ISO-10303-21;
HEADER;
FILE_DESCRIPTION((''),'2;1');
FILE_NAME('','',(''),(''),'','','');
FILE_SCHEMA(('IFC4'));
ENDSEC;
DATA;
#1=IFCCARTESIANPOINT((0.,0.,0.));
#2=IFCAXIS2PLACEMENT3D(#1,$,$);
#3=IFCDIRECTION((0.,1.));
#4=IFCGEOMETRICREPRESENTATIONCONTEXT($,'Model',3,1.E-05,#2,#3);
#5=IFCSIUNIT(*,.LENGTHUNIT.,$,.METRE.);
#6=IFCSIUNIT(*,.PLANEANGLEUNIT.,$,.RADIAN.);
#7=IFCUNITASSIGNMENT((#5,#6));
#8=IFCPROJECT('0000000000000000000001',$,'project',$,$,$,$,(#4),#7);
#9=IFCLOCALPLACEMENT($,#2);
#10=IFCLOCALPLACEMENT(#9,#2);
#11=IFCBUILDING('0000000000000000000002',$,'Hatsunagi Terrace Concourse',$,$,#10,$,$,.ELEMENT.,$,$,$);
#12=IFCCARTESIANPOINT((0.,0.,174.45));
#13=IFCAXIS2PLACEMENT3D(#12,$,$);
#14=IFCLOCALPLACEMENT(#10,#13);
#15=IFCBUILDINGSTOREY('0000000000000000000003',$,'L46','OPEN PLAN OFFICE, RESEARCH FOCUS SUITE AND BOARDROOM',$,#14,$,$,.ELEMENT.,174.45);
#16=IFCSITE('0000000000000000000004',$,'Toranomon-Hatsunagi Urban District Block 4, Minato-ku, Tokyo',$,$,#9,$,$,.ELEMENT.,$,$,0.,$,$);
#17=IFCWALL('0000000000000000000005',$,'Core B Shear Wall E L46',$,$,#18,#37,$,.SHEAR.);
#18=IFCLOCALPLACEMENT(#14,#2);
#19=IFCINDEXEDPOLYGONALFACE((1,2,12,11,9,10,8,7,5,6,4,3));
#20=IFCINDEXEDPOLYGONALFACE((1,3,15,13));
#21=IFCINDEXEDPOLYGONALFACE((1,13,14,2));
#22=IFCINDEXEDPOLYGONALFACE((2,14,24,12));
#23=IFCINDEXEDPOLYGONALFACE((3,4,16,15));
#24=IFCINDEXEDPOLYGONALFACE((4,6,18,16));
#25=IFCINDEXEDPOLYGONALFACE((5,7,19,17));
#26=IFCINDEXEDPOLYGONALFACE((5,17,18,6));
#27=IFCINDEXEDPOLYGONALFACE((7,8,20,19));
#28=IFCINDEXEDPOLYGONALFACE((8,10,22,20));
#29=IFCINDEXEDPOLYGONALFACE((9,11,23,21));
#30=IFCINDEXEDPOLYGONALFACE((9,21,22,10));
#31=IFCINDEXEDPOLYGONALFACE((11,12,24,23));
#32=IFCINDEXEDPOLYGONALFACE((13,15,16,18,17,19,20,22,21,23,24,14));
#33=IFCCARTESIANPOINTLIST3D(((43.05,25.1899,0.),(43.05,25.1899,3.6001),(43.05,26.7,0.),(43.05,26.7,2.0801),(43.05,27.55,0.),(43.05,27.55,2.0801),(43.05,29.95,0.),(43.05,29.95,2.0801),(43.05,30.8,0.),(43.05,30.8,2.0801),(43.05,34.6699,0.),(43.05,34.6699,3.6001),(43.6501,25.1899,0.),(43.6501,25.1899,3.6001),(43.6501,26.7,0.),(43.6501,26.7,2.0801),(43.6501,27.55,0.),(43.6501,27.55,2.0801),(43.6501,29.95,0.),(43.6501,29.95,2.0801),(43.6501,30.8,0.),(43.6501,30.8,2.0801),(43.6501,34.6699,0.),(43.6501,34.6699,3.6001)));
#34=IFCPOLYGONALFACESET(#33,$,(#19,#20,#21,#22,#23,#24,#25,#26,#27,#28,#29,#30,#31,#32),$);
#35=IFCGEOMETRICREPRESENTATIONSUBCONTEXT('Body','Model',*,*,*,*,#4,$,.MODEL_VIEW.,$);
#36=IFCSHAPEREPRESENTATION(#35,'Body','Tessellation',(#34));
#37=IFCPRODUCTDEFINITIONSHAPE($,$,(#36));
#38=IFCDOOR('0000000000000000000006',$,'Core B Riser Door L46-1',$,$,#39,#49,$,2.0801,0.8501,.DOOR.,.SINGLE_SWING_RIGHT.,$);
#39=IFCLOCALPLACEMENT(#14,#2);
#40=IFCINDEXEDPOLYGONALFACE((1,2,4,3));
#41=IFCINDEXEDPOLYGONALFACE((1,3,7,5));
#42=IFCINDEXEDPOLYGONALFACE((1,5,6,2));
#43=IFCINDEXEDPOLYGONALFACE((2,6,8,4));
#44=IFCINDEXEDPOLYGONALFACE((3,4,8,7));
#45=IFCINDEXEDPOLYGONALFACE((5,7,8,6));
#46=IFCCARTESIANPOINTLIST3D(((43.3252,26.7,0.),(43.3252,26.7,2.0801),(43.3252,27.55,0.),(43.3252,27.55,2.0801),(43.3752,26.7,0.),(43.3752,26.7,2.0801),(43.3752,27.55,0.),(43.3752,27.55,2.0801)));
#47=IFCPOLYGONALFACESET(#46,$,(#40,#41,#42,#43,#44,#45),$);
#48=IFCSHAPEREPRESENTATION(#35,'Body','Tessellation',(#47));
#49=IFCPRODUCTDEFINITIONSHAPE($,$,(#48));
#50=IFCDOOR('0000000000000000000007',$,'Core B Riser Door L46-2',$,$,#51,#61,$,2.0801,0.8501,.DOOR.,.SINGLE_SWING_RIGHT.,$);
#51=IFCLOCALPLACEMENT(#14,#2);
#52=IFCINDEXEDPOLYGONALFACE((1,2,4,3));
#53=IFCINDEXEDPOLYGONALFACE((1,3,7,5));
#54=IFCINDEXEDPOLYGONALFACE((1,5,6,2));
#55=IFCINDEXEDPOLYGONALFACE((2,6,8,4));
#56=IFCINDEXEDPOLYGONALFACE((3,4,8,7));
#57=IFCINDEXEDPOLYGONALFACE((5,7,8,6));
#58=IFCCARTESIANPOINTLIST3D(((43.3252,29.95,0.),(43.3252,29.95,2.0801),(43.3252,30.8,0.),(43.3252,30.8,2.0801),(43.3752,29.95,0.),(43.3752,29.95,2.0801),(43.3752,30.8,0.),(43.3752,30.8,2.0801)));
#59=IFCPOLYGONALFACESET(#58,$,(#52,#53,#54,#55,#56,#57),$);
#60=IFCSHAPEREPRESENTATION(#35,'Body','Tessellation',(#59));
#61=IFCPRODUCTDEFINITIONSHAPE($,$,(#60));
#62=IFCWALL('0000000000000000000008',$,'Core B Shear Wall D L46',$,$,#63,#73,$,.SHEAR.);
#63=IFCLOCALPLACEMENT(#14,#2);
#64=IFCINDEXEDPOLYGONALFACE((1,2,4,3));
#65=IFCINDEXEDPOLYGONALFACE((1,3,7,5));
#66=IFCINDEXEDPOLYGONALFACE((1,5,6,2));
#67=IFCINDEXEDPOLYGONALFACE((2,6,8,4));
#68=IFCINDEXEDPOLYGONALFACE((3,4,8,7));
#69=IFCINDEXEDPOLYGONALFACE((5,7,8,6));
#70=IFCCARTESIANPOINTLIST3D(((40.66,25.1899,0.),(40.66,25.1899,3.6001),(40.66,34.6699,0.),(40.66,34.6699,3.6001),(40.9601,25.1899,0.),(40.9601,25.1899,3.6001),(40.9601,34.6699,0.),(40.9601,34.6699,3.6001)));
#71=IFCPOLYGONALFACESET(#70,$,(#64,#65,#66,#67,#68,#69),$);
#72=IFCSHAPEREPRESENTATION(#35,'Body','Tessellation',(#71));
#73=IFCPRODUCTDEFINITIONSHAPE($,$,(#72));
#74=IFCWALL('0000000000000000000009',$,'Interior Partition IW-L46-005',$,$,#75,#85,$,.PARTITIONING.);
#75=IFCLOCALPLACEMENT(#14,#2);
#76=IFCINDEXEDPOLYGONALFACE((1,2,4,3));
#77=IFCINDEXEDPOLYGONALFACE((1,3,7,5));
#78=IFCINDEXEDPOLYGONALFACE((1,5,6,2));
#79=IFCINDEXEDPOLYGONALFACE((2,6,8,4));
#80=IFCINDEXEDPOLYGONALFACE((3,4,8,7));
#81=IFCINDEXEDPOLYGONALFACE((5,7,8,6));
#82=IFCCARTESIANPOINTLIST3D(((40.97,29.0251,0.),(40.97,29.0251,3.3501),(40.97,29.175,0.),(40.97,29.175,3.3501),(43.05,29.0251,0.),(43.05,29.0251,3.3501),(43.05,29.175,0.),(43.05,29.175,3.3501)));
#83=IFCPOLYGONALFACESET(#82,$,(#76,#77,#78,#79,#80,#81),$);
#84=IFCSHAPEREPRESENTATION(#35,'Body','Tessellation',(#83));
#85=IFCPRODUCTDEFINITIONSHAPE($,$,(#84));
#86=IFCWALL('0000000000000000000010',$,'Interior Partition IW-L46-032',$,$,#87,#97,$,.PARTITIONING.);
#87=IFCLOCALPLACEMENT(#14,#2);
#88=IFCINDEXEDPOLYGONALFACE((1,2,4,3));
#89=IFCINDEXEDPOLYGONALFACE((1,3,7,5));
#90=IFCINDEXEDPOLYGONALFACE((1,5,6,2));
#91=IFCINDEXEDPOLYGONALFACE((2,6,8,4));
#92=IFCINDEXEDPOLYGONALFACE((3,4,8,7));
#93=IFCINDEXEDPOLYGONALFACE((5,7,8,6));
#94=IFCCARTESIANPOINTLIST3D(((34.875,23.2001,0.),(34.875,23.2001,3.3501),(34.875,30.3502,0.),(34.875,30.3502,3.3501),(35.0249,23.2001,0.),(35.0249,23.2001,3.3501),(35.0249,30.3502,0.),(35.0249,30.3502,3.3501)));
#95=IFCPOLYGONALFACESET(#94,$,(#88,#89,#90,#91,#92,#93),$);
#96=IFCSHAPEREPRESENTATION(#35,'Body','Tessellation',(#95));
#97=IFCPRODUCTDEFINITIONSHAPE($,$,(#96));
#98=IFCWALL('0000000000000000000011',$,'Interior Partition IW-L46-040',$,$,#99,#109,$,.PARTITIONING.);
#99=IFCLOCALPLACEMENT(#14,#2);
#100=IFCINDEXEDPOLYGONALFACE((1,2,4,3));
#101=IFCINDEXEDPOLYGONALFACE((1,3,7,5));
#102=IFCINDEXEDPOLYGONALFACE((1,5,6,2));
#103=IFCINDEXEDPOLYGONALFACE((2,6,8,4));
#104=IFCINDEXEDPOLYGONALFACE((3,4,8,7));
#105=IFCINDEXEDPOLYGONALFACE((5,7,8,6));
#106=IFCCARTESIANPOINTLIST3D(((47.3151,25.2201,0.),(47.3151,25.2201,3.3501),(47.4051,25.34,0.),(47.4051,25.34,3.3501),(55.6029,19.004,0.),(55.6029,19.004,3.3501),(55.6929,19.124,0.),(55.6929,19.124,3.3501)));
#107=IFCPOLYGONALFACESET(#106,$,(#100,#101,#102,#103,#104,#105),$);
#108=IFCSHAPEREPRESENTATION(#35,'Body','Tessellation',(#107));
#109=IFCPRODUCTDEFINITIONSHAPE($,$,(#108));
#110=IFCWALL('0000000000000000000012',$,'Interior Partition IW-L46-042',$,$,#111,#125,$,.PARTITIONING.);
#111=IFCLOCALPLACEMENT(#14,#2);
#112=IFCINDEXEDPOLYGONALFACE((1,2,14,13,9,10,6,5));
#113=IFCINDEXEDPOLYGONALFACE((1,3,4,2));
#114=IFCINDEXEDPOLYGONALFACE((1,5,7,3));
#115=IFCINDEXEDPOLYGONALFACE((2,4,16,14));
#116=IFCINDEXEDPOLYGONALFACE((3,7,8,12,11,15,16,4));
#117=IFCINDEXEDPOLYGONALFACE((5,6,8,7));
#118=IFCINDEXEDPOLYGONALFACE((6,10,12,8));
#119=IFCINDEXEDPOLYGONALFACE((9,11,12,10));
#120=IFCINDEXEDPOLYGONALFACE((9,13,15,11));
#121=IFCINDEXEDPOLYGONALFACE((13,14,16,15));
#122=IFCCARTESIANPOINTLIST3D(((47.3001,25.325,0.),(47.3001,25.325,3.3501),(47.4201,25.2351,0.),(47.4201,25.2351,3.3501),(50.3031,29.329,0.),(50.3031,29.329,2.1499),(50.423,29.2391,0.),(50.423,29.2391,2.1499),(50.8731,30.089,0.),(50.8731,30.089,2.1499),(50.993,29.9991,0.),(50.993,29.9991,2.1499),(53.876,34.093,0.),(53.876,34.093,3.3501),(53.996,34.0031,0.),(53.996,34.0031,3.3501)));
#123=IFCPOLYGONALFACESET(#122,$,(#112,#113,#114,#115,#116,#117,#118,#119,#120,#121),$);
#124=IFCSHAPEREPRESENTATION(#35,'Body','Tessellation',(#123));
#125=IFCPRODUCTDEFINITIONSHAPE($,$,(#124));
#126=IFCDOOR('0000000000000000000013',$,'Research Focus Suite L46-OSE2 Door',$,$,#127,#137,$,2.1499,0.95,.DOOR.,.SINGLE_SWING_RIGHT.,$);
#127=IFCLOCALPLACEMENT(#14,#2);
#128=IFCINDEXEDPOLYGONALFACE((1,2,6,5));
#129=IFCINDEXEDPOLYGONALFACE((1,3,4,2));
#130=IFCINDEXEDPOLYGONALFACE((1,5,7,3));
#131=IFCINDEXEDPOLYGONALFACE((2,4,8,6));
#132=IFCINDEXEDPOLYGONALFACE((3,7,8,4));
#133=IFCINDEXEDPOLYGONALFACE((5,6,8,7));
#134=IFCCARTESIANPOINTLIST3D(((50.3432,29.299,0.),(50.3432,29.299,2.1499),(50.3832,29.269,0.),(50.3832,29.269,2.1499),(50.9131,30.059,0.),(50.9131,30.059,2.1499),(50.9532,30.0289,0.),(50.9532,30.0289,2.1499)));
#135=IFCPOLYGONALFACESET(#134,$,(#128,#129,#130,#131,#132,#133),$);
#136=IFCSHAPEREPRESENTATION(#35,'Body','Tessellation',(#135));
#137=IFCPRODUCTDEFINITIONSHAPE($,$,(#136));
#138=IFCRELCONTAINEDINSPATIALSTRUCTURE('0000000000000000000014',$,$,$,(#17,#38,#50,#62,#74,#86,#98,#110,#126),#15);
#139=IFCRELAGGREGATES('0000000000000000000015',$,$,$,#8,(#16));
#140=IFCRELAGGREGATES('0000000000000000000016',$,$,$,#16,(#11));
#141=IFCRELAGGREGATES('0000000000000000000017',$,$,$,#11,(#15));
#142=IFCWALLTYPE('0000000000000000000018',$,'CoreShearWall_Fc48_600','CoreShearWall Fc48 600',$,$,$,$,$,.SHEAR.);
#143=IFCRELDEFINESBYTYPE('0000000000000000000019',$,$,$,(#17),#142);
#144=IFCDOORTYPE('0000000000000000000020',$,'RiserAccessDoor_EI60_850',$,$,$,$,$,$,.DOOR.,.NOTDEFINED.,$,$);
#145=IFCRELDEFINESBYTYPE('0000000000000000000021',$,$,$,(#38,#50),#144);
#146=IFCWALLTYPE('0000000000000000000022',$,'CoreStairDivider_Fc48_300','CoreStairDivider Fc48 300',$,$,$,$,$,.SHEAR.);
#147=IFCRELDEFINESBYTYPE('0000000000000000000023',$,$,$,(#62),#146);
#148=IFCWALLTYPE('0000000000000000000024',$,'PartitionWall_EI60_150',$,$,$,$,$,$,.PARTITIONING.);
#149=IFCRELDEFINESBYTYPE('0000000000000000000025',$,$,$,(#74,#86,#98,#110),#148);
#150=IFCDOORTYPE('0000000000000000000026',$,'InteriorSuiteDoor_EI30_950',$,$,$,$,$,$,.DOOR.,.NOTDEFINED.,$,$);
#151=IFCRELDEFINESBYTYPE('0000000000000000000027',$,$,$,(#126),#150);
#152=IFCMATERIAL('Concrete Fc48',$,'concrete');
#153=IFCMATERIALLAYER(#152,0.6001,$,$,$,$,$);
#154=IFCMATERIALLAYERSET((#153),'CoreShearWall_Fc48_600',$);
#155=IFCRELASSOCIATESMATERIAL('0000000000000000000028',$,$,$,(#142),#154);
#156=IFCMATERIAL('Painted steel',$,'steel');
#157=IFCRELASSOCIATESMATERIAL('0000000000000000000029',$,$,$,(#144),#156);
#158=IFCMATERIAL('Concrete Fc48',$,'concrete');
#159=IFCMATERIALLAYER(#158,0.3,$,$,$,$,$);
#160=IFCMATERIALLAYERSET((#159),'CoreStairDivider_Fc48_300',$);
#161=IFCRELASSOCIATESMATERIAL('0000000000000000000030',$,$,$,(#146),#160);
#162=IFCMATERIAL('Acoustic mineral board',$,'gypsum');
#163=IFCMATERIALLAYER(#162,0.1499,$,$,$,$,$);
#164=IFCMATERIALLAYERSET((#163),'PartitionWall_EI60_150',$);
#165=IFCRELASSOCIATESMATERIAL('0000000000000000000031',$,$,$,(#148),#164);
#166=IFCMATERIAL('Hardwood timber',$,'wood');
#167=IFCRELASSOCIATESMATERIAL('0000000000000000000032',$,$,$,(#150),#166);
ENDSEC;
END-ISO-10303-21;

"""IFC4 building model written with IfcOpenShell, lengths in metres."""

from ifc_helpers import new_model, si_unit, direction, frame, frame_2d, origin, place, context, subcontext, project, spatial, rectangle, extrude, material, layer, layer_set, type_object, element, fill, save


model = new_model("IFC4")

# Units and contexts
model_context = context("Model", 3, precision=1e-05, world=origin(), true_north=direction((0.0, 1.0)))
body_context = subcontext(model_context, "Body", "Model", "MODEL_VIEW")
ifc_project = project(units=[si_unit("LENGTHUNIT", "METRE"), si_unit("PLANEANGLEUNIT", "RADIAN")], contexts=[model_context])

# Site, building, storey
site_placement = place(None, origin())
site = spatial("IfcSite", under=ifc_project, at=site_placement, Name="Toranomon-Hatsunagi Urban District Block 4, Minato-ku, Tokyo", CompositionType="ELEMENT", RefElevation=0.0)
building_placement = place(site_placement, origin())
building = spatial("IfcBuilding", under=site, at=building_placement, Name="Hatsunagi Terrace Concourse", CompositionType="ELEMENT")
storey_placement = place(building_placement, frame((0.0, 0.0, 174.45)))
storey = spatial("IfcBuildingStorey", under=building, at=storey_placement, Name="L46", Description="OPEN PLAN OFFICE, RESEARCH FOCUS SUITE AND BOARDROOM", CompositionType="ELEMENT", Elevation=174.45)

# Shared definitions
ifc_material_1 = material(Name="Concrete Fc48", Category="concrete")
ifc_layer_1 = layer(ifc_material_1, 0.6001)
ifc_layer_set_1 = layer_set([ifc_layer_1], Name="CoreShearWall_Fc48_600")
wall_type_1 = type_object("IfcWallType", Name="CoreShearWall_Fc48_600", Description="CoreShearWall Fc48 600", PredefinedType="SHEAR", material=ifc_layer_set_1)

# Wall, openings, doors
wall_1_placement = place(storey_placement, frame((43.3501, 25.1899, 0.0), z_axis=(0.0, 0.0, 1.0), x_axis=(0.0, 1.0, 0.0)))
wall_1 = element("IfcWall", 1, at=wall_1_placement, inside=storey, type_object=wall_type_1, Name="Core B Shear Wall E L46", PredefinedType="SHEAR", context=body_context, shape_type="SweptSolid", body=[
    extrude(rectangle(XDim=9.48, YDim=0.6001, at=frame_2d((4.74, 0.0))), origin(), (0.0, 0.0, 1.0), 3.6001),
])
opening_1_placement = place(wall_1_placement, frame((1.51, 0.0, 0.0)))
opening_1 = element("IfcOpeningElement", 2, at=opening_1_placement, cuts=wall_1, PredefinedType="OPENING", context=body_context, shape_type="SweptSolid", body=[
    extrude(rectangle(XDim=0.8501, YDim=2.0801, at=frame_2d((0.425, 1.04))), frame((0.0, 0.3101, 0.0), z_axis=(0.0, -1.0, 0.0), x_axis=(1.0, 0.0, 0.0)), (0.0, 0.0, 1.0), 0.6201),
])
opening_2_placement = place(wall_1_placement, frame((4.76, 0.0, 0.0)))
opening_2 = element("IfcOpeningElement", 3, at=opening_2_placement, cuts=wall_1, PredefinedType="OPENING", context=body_context, shape_type="SweptSolid", body=[
    extrude(rectangle(XDim=0.8501, YDim=2.0801, at=frame_2d((0.425, 1.04))), frame((0.0, 0.3101, 0.0), z_axis=(0.0, -1.0, 0.0), x_axis=(1.0, 0.0, 0.0)), (0.0, 0.0, 1.0), 0.6201),
])
ifc_material_2 = material(Name="Painted steel", Category="steel")
door_type_1 = type_object("IfcDoorType", Name="RiserAccessDoor_EI60_850", OperationType="NOTDEFINED", PredefinedType="DOOR", material=ifc_material_2)
door_1_placement = place(opening_1_placement, origin())
door_1 = element("IfcDoor", 4, at=door_1_placement, inside=storey, type_object=door_type_1, Name="Core B Riser Door L46-1", OperationType="SINGLE_SWING_RIGHT", OverallHeight=2.0801, OverallWidth=0.8501, PredefinedType="DOOR", context=body_context, shape_type="SweptSolid", body=[
    extrude(rectangle(XDim=0.8501, YDim=2.0801, at=frame_2d((0.425, 1.04))), frame((0.0, 0.0249, 0.0), z_axis=(0.0, -1.0, 0.0), x_axis=(1.0, 0.0, 0.0)), (0.0, 0.0, 1.0), 0.05),
])
fill(opening_1, door_1)
door_2_placement = place(opening_2_placement, origin())
door_2 = element("IfcDoor", 5, at=door_2_placement, inside=storey, type_object=door_type_1, Name="Core B Riser Door L46-2", OperationType="SINGLE_SWING_RIGHT", OverallHeight=2.0801, OverallWidth=0.8501, PredefinedType="DOOR", context=body_context, shape_type="SweptSolid", body=[
    extrude(rectangle(XDim=0.8501, YDim=2.0801, at=frame_2d((0.425, 1.04))), frame((0.0, 0.0249, 0.0), z_axis=(0.0, -1.0, 0.0), x_axis=(1.0, 0.0, 0.0)), (0.0, 0.0, 1.0), 0.05),
])
fill(opening_2, door_2)

# Walls
ifc_material_3 = material(Name="Concrete Fc48", Category="concrete")
ifc_layer_2 = layer(ifc_material_3, 0.3)
ifc_layer_set_2 = layer_set([ifc_layer_2], Name="CoreStairDivider_Fc48_300")
wall_type_2 = type_object("IfcWallType", Name="CoreStairDivider_Fc48_300", Description="CoreStairDivider Fc48 300", PredefinedType="SHEAR", material=ifc_layer_set_2)
wall_2_placement = place(storey_placement, frame((40.8101, 25.1899, 0.0), z_axis=(0.0, 0.0, 1.0), x_axis=(0.0, 1.0, 0.0)))
element("IfcWall", 6, at=wall_2_placement, inside=storey, type_object=wall_type_2, Name="Core B Shear Wall D L46", PredefinedType="SHEAR", context=body_context, shape_type="SweptSolid", body=[
    extrude(rectangle(XDim=9.48, YDim=0.3, at=frame_2d((4.74, 0.0))), origin(), (0.0, 0.0, 1.0), 3.6001),
])
ifc_material_4 = material(Name="Acoustic mineral board", Category="gypsum")
ifc_layer_3 = layer(ifc_material_4, 0.1499)
ifc_layer_set_3 = layer_set([ifc_layer_3], Name="PartitionWall_EI60_150")
wall_type_3 = type_object("IfcWallType", Name="PartitionWall_EI60_150", PredefinedType="PARTITIONING", material=ifc_layer_set_3)
wall_3_placement = place(storey_placement, frame((40.97, 29.1001, 0.0), z_axis=(0.0, 0.0, 1.0), x_axis=(1.0, 0.0, 0.0)))
element("IfcWall", 7, at=wall_3_placement, inside=storey, type_object=wall_type_3, Name="Interior Partition IW-L46-005", PredefinedType="PARTITIONING", context=body_context, shape_type="SweptSolid", body=[
    extrude(rectangle(XDim=2.0801, YDim=0.1499, at=frame_2d((1.04, 0.0))), origin(), (0.0, 0.0, 1.0), 3.3501),
])
wall_4_placement = place(storey_placement, frame((34.95, 23.2, 0.0), z_axis=(0.0, 0.0, 1.0), x_axis=(0.0, 1.0, 0.0)))
element("IfcWall", 8, at=wall_4_placement, inside=storey, type_object=wall_type_3, Name="Interior Partition IW-L46-032", PredefinedType="PARTITIONING", context=body_context, shape_type="SweptSolid", body=[
    extrude(rectangle(XDim=7.1501, YDim=0.1499, at=frame_2d((3.5752, 0.0))), origin(), (0.0, 0.0, 1.0), 3.3501),
])
wall_5_placement = place(storey_placement, frame((47.3601, 25.28, 0.0), z_axis=(0.0, 0.0, 1.0), x_axis=(0.799992, -0.600011, 0.0)))
element("IfcWall", 9, at=wall_5_placement, inside=storey, type_object=wall_type_3, Name="Interior Partition IW-L46-040", PredefinedType="PARTITIONING", context=body_context, shape_type="SweptSolid", body=[
    extrude(rectangle(XDim=10.3599, YDim=0.1499, at=frame_2d((5.1799, 0.0))), origin(), (0.0, 0.0, 1.0), 3.3501),
])

# Wall, opening, door
wall_6_placement = place(storey_placement, frame((47.3601, 25.28, 0.0), z_axis=(0.0, 0.0, 1.0), x_axis=(0.599993, 0.800005, 0.0)))
wall_6 = element("IfcWall", 10, at=wall_6_placement, inside=storey, type_object=wall_type_3, Name="Interior Partition IW-L46-042", PredefinedType="PARTITIONING", context=body_context, shape_type="SweptSolid", body=[
    extrude(rectangle(XDim=10.96, YDim=0.1499, at=frame_2d((5.48, 0.0))), origin(), (0.0, 0.0, 1.0), 3.3501),
])
opening_3_placement = place(wall_6_placement, frame((5.0049, 0.0, 0.0)))
opening_3 = element("IfcOpeningElement", 11, at=opening_3_placement, cuts=wall_6, PredefinedType="OPENING", context=body_context, shape_type="SweptSolid", body=[
    extrude(rectangle(XDim=0.95, YDim=2.1499, at=frame_2d((0.4751, 1.075))), frame((0.0, 0.085, 0.0), z_axis=(0.0, -1.0, 0.0), x_axis=(1.0, 0.0, 0.0)), (0.0, 0.0, 1.0), 0.1699),
])
ifc_material_5 = material(Name="Hardwood timber", Category="wood")
door_type_2 = type_object("IfcDoorType", Name="InteriorSuiteDoor_EI30_950", OperationType="NOTDEFINED", PredefinedType="DOOR", material=ifc_material_5)
door_3_placement = place(opening_3_placement, origin())
door_3 = element("IfcDoor", 12, at=door_3_placement, inside=storey, type_object=door_type_2, Name="Research Focus Suite L46-OSE2 Door", OperationType="SINGLE_SWING_RIGHT", OverallHeight=2.1499, OverallWidth=0.95, PredefinedType="DOOR", context=body_context, shape_type="SweptSolid", body=[
    extrude(rectangle(XDim=0.95, YDim=2.1499, at=frame_2d((0.4751, 1.075))), frame((0.0, 0.0249, 0.0), z_axis=(0.0, -1.0, 0.0), x_axis=(1.0, 0.0, 0.0)), (0.0, 0.0, 1.0), 0.05),
])
fill(opening_3, door_3)

save(model, "model.ifc")
